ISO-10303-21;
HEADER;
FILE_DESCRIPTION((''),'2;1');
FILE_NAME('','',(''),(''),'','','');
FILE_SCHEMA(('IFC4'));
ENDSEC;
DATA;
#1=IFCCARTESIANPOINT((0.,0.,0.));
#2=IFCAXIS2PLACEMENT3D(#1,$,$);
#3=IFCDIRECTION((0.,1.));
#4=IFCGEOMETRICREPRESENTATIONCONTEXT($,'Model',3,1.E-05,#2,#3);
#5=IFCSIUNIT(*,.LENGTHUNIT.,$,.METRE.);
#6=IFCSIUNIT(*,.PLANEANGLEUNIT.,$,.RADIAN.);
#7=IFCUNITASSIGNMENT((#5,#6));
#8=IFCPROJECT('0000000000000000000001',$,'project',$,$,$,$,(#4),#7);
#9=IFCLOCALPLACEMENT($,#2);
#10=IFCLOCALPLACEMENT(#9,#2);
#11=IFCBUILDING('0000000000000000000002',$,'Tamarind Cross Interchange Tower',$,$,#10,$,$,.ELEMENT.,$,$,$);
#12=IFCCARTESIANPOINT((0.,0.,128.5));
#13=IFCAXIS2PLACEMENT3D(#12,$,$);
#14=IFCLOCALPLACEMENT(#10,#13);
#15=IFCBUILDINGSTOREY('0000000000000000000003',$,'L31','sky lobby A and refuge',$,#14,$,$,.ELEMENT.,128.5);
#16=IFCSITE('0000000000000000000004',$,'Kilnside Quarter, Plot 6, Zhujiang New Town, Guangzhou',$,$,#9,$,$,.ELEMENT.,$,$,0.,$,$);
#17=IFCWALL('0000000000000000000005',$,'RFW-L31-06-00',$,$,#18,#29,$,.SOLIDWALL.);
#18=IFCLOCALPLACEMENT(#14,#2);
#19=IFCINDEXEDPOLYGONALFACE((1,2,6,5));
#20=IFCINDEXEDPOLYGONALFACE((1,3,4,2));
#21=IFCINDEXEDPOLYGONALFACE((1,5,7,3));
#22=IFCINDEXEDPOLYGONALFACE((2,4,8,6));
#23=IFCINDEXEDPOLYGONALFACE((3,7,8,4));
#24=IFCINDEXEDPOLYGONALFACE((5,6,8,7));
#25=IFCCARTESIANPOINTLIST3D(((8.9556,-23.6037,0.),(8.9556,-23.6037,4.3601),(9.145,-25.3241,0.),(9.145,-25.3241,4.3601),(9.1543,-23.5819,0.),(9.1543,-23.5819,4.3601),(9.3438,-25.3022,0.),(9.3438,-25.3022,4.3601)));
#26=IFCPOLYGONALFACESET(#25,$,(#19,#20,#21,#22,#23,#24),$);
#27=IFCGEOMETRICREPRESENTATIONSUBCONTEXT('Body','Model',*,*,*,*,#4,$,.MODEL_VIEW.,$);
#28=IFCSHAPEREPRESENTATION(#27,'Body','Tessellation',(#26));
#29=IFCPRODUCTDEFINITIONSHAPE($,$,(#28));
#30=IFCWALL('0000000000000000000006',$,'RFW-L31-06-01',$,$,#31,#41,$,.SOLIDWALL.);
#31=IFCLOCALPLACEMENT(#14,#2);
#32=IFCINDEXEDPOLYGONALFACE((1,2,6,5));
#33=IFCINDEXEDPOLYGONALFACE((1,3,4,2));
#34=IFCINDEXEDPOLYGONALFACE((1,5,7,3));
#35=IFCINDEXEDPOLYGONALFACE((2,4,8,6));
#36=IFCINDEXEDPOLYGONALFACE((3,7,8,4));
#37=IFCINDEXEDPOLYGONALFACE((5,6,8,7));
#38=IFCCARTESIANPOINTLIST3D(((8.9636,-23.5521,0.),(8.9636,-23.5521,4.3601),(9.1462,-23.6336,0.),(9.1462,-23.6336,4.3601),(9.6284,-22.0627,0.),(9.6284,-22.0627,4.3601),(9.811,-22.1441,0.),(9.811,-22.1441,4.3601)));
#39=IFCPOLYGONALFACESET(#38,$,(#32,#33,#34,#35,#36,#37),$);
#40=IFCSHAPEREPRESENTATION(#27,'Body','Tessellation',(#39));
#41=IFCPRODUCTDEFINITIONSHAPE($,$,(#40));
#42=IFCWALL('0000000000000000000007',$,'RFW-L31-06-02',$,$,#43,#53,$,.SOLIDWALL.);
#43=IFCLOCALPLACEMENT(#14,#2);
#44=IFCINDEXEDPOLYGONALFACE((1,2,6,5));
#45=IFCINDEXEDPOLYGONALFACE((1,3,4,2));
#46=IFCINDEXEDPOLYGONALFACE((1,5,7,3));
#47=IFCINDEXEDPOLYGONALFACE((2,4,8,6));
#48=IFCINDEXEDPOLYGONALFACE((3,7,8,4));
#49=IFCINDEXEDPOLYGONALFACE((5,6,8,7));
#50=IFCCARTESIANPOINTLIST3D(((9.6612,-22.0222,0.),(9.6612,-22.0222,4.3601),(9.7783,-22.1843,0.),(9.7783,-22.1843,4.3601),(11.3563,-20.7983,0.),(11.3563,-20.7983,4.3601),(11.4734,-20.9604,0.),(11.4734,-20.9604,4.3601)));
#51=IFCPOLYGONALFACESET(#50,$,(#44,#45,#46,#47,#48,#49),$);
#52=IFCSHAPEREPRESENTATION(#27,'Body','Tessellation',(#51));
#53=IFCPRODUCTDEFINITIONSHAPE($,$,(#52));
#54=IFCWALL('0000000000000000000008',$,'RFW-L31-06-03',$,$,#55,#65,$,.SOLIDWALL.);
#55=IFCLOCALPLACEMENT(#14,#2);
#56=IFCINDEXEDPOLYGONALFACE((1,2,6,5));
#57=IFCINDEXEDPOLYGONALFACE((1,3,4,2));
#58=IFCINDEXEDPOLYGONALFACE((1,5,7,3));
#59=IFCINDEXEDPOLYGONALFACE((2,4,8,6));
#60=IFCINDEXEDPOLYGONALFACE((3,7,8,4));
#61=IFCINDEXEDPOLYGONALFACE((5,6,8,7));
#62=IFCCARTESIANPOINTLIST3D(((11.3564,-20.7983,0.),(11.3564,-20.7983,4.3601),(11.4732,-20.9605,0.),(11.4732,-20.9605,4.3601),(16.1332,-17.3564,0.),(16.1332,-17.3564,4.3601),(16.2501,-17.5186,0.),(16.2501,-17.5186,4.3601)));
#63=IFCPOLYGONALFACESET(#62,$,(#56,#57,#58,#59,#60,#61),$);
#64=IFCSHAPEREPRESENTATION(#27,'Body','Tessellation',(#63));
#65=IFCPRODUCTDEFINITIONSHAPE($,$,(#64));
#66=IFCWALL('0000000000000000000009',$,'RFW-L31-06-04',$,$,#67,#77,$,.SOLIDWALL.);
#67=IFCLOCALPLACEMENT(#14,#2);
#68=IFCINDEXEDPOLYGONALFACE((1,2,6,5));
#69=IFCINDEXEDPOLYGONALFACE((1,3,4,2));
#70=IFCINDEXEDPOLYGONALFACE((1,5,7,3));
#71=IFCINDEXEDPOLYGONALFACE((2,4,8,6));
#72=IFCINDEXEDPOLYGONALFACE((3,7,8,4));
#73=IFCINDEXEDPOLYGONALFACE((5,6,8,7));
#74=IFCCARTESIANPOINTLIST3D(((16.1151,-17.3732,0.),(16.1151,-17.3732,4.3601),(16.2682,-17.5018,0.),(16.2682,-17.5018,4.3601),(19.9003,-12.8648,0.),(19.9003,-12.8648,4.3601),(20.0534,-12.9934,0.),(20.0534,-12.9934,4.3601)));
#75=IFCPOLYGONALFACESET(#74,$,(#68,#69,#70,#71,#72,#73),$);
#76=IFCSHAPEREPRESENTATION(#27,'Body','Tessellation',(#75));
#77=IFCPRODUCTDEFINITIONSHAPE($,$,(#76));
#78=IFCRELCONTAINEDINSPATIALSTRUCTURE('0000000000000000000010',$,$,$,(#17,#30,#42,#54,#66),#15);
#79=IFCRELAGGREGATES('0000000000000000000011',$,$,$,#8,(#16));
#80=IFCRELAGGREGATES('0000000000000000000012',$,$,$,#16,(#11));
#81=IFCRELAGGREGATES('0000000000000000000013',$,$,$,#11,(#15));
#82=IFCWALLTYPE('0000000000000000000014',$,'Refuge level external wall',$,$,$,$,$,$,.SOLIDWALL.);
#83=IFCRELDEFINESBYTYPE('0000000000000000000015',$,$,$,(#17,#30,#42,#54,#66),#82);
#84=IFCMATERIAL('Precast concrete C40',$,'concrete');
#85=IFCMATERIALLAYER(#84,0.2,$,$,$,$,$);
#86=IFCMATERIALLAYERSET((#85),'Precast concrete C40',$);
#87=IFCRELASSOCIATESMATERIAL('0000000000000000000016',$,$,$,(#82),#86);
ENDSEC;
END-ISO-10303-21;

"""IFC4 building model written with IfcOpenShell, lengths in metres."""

from ifc_helpers import new_model, si_unit, direction, frame, frame_2d, origin, place, context, subcontext, project, spatial, rectangle, extrude, material, layer, layer_set, type_object, element, save


model = new_model("IFC4")

# Units and contexts
model_context = context("Model", 3, precision=1e-05, world=origin(), true_north=direction((0.0, 1.0)))
body_context = subcontext(model_context, "Body", "Model", "MODEL_VIEW")
ifc_project = project(units=[si_unit("LENGTHUNIT", "METRE"), si_unit("PLANEANGLEUNIT", "RADIAN")], contexts=[model_context])

# Site, building, storey
site_placement = place(None, origin())
site = spatial("IfcSite", under=ifc_project, at=site_placement, Name="Kilnside Quarter, Plot 6, Zhujiang New Town, Guangzhou", CompositionType="ELEMENT", RefElevation=0.0)
building_placement = place(site_placement, origin())
building = spatial("IfcBuilding", under=site, at=building_placement, Name="Tamarind Cross Interchange Tower", CompositionType="ELEMENT")
storey_placement = place(building_placement, frame((0.0, 0.0, 128.5)))
storey = spatial("IfcBuildingStorey", under=building, at=storey_placement, Name="L31", Description="sky lobby A and refuge", CompositionType="ELEMENT", Elevation=128.5)

# Walls
ifc_material_1 = material(Name="Precast concrete C40", Category="concrete")
ifc_layer_1 = layer(ifc_material_1, 0.2)
ifc_layer_set_1 = layer_set([ifc_layer_1], Name="Precast concrete C40")
wall_type_1 = type_object("IfcWallType", Name="Refuge level external wall", PredefinedType="SOLIDWALL", material=ifc_layer_set_1)
wall_1_placement = place(storey_placement, frame((9.2444, -25.313, 0.0), z_axis=(0.0, 0.0, 1.0), x_axis=(-0.109472, 0.99399, 0.0)))
element("IfcWall", 1, at=wall_1_placement, inside=storey, type_object=wall_type_1, Name="RFW-L31-06-00", PredefinedType="SOLIDWALL", context=body_context, shape_type="SweptSolid", body=[
    extrude(rectangle(XDim=1.7307, YDim=0.2, at=frame_2d((0.8652, 0.0))), origin(), (0.0, 0.0, 1.0), 4.3601),
])
wall_2_placement = place(storey_placement, frame((9.0549, -23.5928, 0.0), z_axis=(0.0, 0.0, 1.0), x_axis=(0.407568, 0.913175, 0.0)))
element("IfcWall", 2, at=wall_2_placement, inside=storey, type_object=wall_type_1, Name="RFW-L31-06-01", PredefinedType="SOLIDWALL", context=body_context, shape_type="SweptSolid", body=[
    extrude(rectangle(XDim=1.6311, YDim=0.2, at=frame_2d((0.8154, 0.0))), origin(), (0.0, 0.0, 1.0), 4.3601),
])
wall_3_placement = place(storey_placement, frame((9.7197, -22.1033, 0.0), z_axis=(0.0, 0.0, 1.0), x_axis=(0.810756, 0.585384, 0.0)))
element("IfcWall", 3, at=wall_3_placement, inside=storey, type_object=wall_type_1, Name="RFW-L31-06-02", PredefinedType="SOLIDWALL", context=body_context, shape_type="SweptSolid", body=[
    extrude(rectangle(XDim=2.0908, YDim=0.2, at=frame_2d((1.0454, 0.0))), origin(), (0.0, 0.0, 1.0), 4.3601),
])
wall_4_placement = place(storey_placement, frame((11.4148, -20.8794, 0.0), z_axis=(0.0, 0.0, 1.0), x_axis=(0.811328, 0.584591, 0.0)))
element("IfcWall", 4, at=wall_4_placement, inside=storey, type_object=wall_type_1, Name="RFW-L31-06-03", PredefinedType="SOLIDWALL", context=body_context, shape_type="SweptSolid", body=[
    extrude(rectangle(XDim=5.8877, YDim=0.2, at=frame_2d((2.9438, 0.0))), origin(), (0.0, 0.0, 1.0), 4.3601),
])
wall_5_placement = place(storey_placement, frame((16.1917, -17.4375, 0.0), z_axis=(0.0, 0.0, 1.0), x_axis=(0.643011, 0.765857, 0.0)))
element("IfcWall", 5, at=wall_5_placement, inside=storey, type_object=wall_type_1, Name="RFW-L31-06-04", PredefinedType="SOLIDWALL", context=body_context, shape_type="SweptSolid", body=[
    extrude(rectangle(XDim=5.8867, YDim=0.2, at=frame_2d((2.9434, 0.0))), origin(), (0.0, 0.0, 1.0), 4.3601),
])

save(model, "model.ifc")
